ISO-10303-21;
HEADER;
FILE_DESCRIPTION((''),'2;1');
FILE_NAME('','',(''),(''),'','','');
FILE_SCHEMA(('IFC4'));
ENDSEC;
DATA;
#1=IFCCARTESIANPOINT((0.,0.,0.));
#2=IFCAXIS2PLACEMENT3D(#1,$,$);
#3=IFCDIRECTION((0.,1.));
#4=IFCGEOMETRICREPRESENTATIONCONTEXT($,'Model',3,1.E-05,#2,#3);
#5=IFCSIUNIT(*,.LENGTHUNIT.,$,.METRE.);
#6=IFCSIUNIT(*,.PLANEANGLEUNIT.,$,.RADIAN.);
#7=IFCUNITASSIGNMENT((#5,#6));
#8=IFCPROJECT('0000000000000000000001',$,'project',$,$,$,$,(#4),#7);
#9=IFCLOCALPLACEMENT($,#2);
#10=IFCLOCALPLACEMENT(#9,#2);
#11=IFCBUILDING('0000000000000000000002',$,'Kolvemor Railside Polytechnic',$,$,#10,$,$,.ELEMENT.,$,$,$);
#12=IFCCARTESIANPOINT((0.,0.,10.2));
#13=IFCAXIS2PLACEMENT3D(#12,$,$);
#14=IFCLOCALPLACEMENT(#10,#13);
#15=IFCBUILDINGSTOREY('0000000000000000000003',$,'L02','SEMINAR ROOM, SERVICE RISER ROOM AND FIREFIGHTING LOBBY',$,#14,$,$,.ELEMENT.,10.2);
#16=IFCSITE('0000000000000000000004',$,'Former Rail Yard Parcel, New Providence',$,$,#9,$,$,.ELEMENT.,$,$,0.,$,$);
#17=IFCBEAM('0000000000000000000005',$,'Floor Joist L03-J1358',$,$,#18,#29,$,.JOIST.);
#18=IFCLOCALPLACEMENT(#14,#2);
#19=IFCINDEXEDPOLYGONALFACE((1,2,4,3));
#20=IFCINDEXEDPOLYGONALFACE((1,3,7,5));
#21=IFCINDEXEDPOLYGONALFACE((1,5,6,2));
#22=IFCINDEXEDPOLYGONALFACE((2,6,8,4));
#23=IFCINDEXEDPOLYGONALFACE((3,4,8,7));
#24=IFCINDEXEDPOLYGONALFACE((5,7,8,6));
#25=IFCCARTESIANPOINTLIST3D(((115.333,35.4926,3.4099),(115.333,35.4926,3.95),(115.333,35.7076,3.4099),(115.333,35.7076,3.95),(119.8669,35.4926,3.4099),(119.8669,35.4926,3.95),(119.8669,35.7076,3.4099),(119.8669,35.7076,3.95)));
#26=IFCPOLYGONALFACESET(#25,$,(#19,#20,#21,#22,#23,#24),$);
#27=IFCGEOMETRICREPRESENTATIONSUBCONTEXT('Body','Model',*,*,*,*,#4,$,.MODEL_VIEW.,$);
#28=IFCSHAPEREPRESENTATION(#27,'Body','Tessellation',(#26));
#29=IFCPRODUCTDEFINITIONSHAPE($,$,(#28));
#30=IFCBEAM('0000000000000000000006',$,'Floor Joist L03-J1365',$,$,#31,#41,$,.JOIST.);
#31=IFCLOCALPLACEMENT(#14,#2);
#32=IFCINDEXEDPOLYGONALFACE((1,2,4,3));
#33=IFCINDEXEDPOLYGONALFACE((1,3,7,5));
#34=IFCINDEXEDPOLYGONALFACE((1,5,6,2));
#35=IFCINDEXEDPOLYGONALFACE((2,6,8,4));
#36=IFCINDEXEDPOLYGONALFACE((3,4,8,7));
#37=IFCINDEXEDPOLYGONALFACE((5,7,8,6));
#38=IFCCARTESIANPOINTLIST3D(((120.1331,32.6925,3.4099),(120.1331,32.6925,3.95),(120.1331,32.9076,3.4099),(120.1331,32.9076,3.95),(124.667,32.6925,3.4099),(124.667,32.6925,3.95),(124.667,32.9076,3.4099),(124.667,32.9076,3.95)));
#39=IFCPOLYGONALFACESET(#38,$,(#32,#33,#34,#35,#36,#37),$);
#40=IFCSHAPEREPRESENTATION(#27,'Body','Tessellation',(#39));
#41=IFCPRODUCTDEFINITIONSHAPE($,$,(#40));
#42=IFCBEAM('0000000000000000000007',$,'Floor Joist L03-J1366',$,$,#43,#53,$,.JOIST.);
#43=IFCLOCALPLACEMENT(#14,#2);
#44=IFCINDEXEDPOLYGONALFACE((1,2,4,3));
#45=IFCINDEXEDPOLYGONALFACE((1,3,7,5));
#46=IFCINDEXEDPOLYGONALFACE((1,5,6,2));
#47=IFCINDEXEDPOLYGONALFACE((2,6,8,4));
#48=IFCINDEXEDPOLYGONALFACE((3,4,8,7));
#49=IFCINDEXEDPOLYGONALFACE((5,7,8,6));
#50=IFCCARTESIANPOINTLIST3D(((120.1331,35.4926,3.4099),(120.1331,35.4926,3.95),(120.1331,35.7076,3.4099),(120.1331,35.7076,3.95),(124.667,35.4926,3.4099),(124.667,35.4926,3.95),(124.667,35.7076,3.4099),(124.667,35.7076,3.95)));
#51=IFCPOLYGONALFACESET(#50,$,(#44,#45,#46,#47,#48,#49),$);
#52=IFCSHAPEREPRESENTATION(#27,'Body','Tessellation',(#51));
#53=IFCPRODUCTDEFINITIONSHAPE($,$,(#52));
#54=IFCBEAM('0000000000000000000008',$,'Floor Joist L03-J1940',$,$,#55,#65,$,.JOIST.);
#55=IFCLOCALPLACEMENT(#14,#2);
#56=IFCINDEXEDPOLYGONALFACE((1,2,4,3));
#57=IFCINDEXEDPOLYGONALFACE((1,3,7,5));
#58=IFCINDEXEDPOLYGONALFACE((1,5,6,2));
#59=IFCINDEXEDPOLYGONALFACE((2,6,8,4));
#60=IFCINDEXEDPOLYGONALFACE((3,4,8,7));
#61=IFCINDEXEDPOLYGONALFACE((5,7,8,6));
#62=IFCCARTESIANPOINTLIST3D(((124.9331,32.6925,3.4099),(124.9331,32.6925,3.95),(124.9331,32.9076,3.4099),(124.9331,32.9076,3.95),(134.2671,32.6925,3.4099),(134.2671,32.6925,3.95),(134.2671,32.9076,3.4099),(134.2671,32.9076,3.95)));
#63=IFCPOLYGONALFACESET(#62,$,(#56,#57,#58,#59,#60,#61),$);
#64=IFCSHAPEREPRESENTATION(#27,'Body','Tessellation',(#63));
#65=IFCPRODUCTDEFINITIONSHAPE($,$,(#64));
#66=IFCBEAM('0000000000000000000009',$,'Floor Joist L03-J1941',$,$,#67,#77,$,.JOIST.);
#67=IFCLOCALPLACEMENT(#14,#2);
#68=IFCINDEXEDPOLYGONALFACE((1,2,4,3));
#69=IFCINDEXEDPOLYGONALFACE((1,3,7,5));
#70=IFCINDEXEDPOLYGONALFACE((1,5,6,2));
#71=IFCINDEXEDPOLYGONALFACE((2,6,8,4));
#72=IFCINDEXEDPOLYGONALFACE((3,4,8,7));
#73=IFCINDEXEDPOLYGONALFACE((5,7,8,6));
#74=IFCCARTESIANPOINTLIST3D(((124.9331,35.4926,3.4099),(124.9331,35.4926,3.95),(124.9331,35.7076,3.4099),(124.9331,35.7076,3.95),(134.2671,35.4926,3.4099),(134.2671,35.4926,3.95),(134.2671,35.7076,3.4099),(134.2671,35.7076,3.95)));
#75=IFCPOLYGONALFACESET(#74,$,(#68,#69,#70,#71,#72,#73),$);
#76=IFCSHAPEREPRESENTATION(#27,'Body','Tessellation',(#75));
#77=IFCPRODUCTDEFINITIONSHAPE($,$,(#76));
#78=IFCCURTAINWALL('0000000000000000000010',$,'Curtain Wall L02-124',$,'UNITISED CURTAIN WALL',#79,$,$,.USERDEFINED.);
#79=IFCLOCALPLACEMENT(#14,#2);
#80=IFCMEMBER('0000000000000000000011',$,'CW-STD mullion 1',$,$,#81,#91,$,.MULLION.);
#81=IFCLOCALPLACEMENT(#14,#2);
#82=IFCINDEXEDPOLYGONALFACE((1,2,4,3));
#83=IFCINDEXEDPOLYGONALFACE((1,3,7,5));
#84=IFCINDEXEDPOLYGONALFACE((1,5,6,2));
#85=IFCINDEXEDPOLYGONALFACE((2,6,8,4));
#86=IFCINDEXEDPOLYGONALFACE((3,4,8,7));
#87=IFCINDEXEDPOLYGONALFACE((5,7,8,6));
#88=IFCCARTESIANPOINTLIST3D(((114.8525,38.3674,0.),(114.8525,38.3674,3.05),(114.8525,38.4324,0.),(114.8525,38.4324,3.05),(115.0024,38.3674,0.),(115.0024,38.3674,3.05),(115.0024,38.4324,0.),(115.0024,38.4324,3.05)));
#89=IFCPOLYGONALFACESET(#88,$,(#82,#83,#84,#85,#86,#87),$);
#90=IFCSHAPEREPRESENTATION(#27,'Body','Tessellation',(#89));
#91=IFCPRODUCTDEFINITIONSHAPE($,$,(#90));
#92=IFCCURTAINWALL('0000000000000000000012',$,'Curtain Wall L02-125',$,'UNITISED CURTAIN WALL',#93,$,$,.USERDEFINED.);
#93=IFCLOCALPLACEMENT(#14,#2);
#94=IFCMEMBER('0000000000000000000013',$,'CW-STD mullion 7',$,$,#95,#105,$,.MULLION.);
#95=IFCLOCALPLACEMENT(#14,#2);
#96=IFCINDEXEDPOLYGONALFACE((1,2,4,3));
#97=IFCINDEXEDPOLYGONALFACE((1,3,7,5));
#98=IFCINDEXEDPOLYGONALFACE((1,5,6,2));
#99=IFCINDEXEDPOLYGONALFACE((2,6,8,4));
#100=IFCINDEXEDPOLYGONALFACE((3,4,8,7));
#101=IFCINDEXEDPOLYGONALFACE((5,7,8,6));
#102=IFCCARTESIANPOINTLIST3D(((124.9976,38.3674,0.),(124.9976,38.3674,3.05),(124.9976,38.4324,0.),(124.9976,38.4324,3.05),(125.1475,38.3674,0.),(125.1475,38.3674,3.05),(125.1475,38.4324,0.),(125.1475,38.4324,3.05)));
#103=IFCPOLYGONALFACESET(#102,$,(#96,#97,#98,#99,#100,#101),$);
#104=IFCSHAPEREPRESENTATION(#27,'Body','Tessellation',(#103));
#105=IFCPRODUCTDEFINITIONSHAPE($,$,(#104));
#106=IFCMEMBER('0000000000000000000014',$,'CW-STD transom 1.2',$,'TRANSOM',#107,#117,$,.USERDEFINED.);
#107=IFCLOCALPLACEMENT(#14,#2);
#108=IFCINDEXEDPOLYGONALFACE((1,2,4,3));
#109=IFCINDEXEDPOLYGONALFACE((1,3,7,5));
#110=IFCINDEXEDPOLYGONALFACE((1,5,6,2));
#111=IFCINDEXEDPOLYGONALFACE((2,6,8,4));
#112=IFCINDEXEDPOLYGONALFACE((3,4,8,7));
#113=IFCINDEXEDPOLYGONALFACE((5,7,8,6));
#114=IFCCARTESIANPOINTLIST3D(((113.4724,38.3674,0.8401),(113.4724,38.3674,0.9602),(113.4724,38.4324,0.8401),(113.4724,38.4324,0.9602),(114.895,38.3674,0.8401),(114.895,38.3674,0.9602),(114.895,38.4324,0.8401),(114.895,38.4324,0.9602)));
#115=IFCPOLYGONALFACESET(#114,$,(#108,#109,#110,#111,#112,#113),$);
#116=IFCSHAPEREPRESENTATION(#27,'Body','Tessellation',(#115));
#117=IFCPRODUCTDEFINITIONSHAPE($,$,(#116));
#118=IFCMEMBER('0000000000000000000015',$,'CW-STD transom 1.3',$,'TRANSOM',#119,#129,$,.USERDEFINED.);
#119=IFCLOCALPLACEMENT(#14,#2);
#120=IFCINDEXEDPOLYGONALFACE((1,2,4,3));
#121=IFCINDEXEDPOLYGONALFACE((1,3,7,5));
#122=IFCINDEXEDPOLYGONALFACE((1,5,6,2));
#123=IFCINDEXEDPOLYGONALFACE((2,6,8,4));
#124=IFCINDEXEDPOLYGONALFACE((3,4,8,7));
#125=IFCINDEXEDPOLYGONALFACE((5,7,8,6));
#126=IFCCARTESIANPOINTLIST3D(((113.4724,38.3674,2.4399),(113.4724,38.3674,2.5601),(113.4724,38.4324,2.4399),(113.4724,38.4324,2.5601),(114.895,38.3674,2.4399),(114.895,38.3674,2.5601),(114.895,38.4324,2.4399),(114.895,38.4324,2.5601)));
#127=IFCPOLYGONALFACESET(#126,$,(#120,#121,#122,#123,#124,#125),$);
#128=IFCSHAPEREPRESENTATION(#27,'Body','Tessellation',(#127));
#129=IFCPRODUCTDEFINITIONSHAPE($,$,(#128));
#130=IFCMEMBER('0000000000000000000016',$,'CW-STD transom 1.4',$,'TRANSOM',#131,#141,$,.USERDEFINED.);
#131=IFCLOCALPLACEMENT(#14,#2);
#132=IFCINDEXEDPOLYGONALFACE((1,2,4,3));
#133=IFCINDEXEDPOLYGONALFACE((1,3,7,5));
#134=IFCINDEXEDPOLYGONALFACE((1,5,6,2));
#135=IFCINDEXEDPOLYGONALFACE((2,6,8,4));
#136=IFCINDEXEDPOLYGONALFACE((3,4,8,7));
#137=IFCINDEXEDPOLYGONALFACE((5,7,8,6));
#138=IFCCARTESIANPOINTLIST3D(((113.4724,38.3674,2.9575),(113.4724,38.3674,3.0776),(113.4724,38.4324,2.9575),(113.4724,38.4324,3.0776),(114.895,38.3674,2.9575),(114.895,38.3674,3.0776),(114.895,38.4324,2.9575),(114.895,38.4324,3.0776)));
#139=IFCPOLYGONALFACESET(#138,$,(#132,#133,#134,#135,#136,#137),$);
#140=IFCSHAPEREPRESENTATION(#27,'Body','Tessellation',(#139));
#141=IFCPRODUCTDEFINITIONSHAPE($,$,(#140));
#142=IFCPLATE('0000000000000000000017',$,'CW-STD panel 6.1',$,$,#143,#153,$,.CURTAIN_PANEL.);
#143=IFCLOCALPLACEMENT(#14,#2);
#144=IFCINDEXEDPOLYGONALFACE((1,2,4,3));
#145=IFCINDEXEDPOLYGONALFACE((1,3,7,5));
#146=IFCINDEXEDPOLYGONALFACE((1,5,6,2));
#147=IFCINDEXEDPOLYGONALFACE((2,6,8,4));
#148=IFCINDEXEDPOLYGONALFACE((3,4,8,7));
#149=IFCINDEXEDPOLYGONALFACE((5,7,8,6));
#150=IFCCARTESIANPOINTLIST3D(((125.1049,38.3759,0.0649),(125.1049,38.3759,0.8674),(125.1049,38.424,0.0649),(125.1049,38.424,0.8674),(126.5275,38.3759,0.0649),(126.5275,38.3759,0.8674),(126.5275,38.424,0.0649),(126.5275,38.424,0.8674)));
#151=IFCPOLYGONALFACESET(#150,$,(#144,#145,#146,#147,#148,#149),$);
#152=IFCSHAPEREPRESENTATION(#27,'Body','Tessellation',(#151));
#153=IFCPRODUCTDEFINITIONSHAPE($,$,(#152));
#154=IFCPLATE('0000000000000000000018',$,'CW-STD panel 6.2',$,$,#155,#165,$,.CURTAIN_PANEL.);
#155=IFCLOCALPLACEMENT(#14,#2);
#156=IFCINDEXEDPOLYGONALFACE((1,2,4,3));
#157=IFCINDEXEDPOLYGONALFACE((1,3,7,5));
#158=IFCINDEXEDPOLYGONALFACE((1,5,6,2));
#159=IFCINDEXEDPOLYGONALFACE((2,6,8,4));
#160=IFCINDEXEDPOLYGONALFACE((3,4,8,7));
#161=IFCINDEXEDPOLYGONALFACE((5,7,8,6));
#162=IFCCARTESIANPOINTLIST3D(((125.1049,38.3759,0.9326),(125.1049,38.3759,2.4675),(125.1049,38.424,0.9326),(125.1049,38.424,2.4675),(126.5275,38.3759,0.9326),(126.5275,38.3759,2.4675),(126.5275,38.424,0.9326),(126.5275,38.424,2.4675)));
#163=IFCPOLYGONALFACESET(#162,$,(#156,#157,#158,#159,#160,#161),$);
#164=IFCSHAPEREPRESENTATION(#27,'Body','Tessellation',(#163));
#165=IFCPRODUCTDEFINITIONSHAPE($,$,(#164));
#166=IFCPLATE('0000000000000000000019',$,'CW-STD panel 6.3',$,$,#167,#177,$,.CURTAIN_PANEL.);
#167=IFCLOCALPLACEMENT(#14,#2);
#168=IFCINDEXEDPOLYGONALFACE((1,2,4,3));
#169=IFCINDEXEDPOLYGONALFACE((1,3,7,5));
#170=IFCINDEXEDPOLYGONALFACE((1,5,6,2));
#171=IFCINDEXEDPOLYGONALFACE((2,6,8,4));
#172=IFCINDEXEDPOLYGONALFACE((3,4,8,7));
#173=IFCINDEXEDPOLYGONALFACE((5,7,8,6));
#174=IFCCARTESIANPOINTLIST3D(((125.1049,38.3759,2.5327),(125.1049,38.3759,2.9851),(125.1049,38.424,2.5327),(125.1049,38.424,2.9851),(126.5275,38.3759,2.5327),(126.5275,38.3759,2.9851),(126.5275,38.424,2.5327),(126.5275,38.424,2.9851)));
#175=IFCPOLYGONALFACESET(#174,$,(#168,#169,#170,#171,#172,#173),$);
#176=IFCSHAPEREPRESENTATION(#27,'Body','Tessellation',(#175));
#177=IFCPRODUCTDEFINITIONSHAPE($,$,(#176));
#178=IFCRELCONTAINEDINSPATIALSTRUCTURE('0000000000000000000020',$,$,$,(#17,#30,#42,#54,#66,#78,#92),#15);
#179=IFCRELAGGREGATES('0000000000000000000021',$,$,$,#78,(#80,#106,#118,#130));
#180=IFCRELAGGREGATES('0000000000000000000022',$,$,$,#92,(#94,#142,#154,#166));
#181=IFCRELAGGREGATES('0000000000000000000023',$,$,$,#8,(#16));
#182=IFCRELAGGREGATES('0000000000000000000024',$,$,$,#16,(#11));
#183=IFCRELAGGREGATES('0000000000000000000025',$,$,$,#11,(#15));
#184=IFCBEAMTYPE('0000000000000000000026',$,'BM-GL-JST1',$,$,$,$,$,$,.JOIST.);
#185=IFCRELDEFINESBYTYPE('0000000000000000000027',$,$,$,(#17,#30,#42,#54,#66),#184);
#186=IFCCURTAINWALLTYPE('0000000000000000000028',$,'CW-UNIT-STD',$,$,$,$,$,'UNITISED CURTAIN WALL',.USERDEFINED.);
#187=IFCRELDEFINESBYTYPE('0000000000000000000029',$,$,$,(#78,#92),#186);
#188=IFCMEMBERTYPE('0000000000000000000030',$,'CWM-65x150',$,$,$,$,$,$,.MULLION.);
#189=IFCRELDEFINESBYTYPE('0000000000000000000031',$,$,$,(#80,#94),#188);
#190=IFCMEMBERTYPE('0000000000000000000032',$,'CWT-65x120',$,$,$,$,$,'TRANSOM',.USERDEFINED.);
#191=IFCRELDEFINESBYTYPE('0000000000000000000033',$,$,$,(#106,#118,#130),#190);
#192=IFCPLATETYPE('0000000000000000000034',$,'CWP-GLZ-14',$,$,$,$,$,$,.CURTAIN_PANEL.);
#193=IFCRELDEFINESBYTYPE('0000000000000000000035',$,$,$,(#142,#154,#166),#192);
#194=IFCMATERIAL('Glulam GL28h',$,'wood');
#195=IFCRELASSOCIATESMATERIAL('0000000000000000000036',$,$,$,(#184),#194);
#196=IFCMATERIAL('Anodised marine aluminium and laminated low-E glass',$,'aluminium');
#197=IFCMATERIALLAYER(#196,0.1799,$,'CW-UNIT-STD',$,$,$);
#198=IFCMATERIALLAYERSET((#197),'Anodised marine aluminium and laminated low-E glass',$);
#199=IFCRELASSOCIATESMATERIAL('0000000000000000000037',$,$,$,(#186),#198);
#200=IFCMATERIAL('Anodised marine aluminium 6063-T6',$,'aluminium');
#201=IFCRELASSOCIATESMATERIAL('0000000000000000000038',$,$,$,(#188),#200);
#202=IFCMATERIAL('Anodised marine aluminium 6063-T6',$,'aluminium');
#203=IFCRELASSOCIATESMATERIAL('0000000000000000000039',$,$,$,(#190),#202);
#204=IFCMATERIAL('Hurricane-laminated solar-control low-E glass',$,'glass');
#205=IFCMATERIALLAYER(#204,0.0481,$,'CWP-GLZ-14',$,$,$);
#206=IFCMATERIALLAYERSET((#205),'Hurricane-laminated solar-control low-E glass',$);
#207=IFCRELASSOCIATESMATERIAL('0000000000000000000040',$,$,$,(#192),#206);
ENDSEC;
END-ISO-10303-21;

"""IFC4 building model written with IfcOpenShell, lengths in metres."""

from ifc_helpers import new_model, si_unit, direction, frame, origin, origin_2d, place, context, subcontext, project, spatial, rectangle, extrude, material, layer, layer_set, material_profile, profile_set, type_object, element, aggregate, save


model = new_model("IFC4")

# Units and contexts
model_context = context("Model", 3, precision=1e-05, world=origin(), true_north=direction((0.0, 1.0)))
body_context = subcontext(model_context, "Body", "Model", "MODEL_VIEW")
ifc_project = project(units=[si_unit("LENGTHUNIT", "METRE"), si_unit("PLANEANGLEUNIT", "RADIAN")], contexts=[model_context])

# Site, building, storey
site_placement = place(None, origin())
site = spatial("IfcSite", under=ifc_project, at=site_placement, Name="Former Rail Yard Parcel, New Providence", CompositionType="ELEMENT", RefElevation=0.0)
building_placement = place(site_placement, origin())
building = spatial("IfcBuilding", under=site, at=building_placement, Name="Kolvemor Railside Polytechnic", CompositionType="ELEMENT")
storey_placement = place(building_placement, frame((0.0, 0.0, 10.2)))
storey = spatial("IfcBuildingStorey", under=building, at=storey_placement, Name="L02", Description="SEMINAR ROOM, SERVICE RISER ROOM AND FIREFIGHTING LOBBY", CompositionType="ELEMENT", Elevation=10.2)

# Beams
ifc_material_1 = material(Name="Glulam GL28h", Category="wood")
ifc_material_profile_1 = material_profile(ifc_material_1, rectangle(XDim=0.2151, YDim=0.54, at=origin_2d()), Name="GL215x540")
ifc_profile_set_1 = profile_set([ifc_material_profile_1], Name="Glulam GL28h")
beam_type_1 = type_object("IfcBeamType", Name="BM-GL-JST1", PredefinedType="JOIST", material=ifc_profile_set_1)
for number, where, z_axis, x_axis, name in (
    (1, (115.333, 35.6001, 3.6799), (1.0, 0.0, 0.0), (0.0, 1.0, 0.0), "Floor Joist L03-J1358"),
    (2, (120.1331, 32.8, 3.6799), (1.0, 0.0, 0.0), (0.0, 1.0, 0.0), "Floor Joist L03-J1365"),
    (3, (120.1331, 35.6001, 3.6799), (1.0, 0.0, 0.0), (0.0, 1.0, 0.0), "Floor Joist L03-J1366"),
):
    element("IfcBeam", number, at=place(storey_placement, frame(where, z_axis=z_axis, x_axis=x_axis)), inside=storey, type_object=beam_type_1, Name=name, PredefinedType="JOIST", context=body_context, shape_type="SweptSolid", body=[
        extrude(rectangle(XDim=0.2151, YDim=0.54, at=origin_2d()), origin(), (0.0, 0.0, 1.0), 4.5339),
    ])
for number, where, z_axis, x_axis, name in (
    (4, (124.9331, 32.8, 3.6799), (1.0, 0.0, 0.0), (0.0, 1.0, 0.0), "Floor Joist L03-J1940"),
    (5, (124.9331, 35.6001, 3.6799), (1.0, 0.0, 0.0), (0.0, 1.0, 0.0), "Floor Joist L03-J1941"),
):
    element("IfcBeam", number, at=place(storey_placement, frame(where, z_axis=z_axis, x_axis=x_axis)), inside=storey, type_object=beam_type_1, Name=name, PredefinedType="JOIST", context=body_context, shape_type="SweptSolid", body=[
        extrude(rectangle(XDim=0.2151, YDim=0.54, at=origin_2d()), origin(), (0.0, 0.0, 1.0), 9.334),
    ])

# Curtain walls, members
ifc_material_2 = material(Name="Anodised marine aluminium and laminated low-E glass", Category="aluminium")
ifc_layer_1 = layer(ifc_material_2, 0.1799, Name="CW-UNIT-STD")
ifc_layer_set_1 = layer_set([ifc_layer_1], Name="Anodised marine aluminium and laminated low-E glass")
curtain_wall_type = type_object("IfcCurtainWallType", Name="CW-UNIT-STD", ElementType="UNITISED CURTAIN WALL", PredefinedType="USERDEFINED", material=ifc_layer_set_1)
curtain_wall_1_placement = place(storey_placement, origin())
curtain_wall_1 = element("IfcCurtainWall", 6, at=curtain_wall_1_placement, inside=storey, type_object=curtain_wall_type, Name="Curtain Wall L02-124", ObjectType="UNITISED CURTAIN WALL", PredefinedType="USERDEFINED")
ifc_material_3 = material(Name="Anodised marine aluminium 6063-T6", Category="aluminium")
ifc_material_profile_2 = material_profile(ifc_material_3, rectangle(XDim=0.0649, YDim=0.1499, at=origin_2d()), Name="CW-MUL-65x150")
ifc_profile_set_2 = profile_set([ifc_material_profile_2], Name="Anodised marine aluminium 6063-T6")
member_type_1 = type_object("IfcMemberType", Name="CWM-65x150", PredefinedType="MULLION", material=ifc_profile_set_2)
member_1_placement = place(storey_placement, frame((114.9275, 38.3999, 0.0), z_axis=(0.0, 0.0, 1.0), x_axis=(0.0, -1.0, 0.0)))
member_1 = element("IfcMember", 7, at=member_1_placement, type_object=member_type_1, Name="CW-STD mullion 1", PredefinedType="MULLION", context=body_context, shape_type="SweptSolid", body=[
    extrude(rectangle(XDim=0.0649, YDim=0.1499, at=origin_2d()), origin(), (0.0, 0.0, 1.0), 3.05),
])
curtain_wall_2_placement = place(storey_placement, origin())
curtain_wall_2 = element("IfcCurtainWall", 8, at=curtain_wall_2_placement, inside=storey, type_object=curtain_wall_type, Name="Curtain Wall L02-125", ObjectType="UNITISED CURTAIN WALL", PredefinedType="USERDEFINED")
member_2_placement = place(storey_placement, frame((125.0725, 38.3999, 0.0), z_axis=(0.0, 0.0, 1.0), x_axis=(0.0, -1.0, 0.0)))
member_2 = element("IfcMember", 9, at=member_2_placement, type_object=member_type_1, Name="CW-STD mullion 7", PredefinedType="MULLION", context=body_context, shape_type="SweptSolid", body=[
    extrude(rectangle(XDim=0.0649, YDim=0.1499, at=origin_2d()), origin(), (0.0, 0.0, 1.0), 3.05),
])

# Members
ifc_material_4 = material(Name="Anodised marine aluminium 6063-T6", Category="aluminium")
ifc_material_profile_3 = material_profile(ifc_material_4, rectangle(XDim=0.0649, YDim=0.1201, at=origin_2d()), Name="CW-TRN-65x120")
ifc_profile_set_3 = profile_set([ifc_material_profile_3], Name="Anodised marine aluminium 6063-T6")
member_type_2 = type_object("IfcMemberType", Name="CWT-65x120", ElementType="TRANSOM", PredefinedType="USERDEFINED", material=ifc_profile_set_3)
member_3_placement = place(storey_placement, frame((114.895, 38.3999, 0.9001), z_axis=(-1.0, 0.0, 0.0), x_axis=(0.0, -1.0, 0.0)))
member_3 = element("IfcMember", 10, at=member_3_placement, type_object=member_type_2, Name="CW-STD transom 1.2", ObjectType="TRANSOM", PredefinedType="USERDEFINED", context=body_context, shape_type="SweptSolid", body=[
    extrude(rectangle(XDim=0.0649, YDim=0.1201, at=origin_2d()), origin(), (0.0, 0.0, 1.0), 1.4226),
])
member_4_placement = place(storey_placement, frame((114.895, 38.3999, 2.5), z_axis=(-1.0, 0.0, 0.0), x_axis=(0.0, -1.0, 0.0)))
member_4 = element("IfcMember", 11, at=member_4_placement, type_object=member_type_2, Name="CW-STD transom 1.3", ObjectType="TRANSOM", PredefinedType="USERDEFINED", context=body_context, shape_type="SweptSolid", body=[
    extrude(rectangle(XDim=0.0649, YDim=0.1201, at=origin_2d()), origin(), (0.0, 0.0, 1.0), 1.4226),
])
member_5_placement = place(storey_placement, frame((114.895, 38.3999, 3.0176), z_axis=(-1.0, 0.0, 0.0), x_axis=(0.0, -1.0, 0.0)))
member_5 = element("IfcMember", 12, at=member_5_placement, type_object=member_type_2, Name="CW-STD transom 1.4", ObjectType="TRANSOM", PredefinedType="USERDEFINED", context=body_context, shape_type="SweptSolid", body=[
    extrude(rectangle(XDim=0.0649, YDim=0.1201, at=origin_2d()), origin(), (0.0, 0.0, 1.0), 1.4226),
])
aggregate(curtain_wall_1, [member_1, member_3, member_4, member_5])

# Plates
ifc_material_5 = material(Name="Hurricane-laminated solar-control low-E glass", Category="glass")
ifc_layer_2 = layer(ifc_material_5, 0.0481, Name="CWP-GLZ-14")
ifc_layer_set_2 = layer_set([ifc_layer_2], Name="Hurricane-laminated solar-control low-E glass")
plate_type = type_object("IfcPlateType", Name="CWP-GLZ-14", PredefinedType="CURTAIN_PANEL", material=ifc_layer_set_2)
plate_1_placement = place(storey_placement, frame((125.8162, 38.3999, 0.0649), z_axis=(0.0, 0.0, 1.0), x_axis=(-1.0, 0.0, 0.0)))
plate_1 = element("IfcPlate", 13, at=plate_1_placement, type_object=plate_type, Name="CW-STD panel 6.1", PredefinedType="CURTAIN_PANEL", context=body_context, shape_type="SweptSolid", body=[
    extrude(rectangle(XDim=1.4226, YDim=0.0481, at=origin_2d()), origin(), (0.0, 0.0, 1.0), 0.8025),
])
plate_2_placement = place(storey_placement, frame((125.8162, 38.3999, 0.9326), z_axis=(0.0, 0.0, 1.0), x_axis=(-1.0, 0.0, 0.0)))
plate_2 = element("IfcPlate", 14, at=plate_2_placement, type_object=plate_type, Name="CW-STD panel 6.2", PredefinedType="CURTAIN_PANEL", context=body_context, shape_type="SweptSolid", body=[
    extrude(rectangle(XDim=1.4226, YDim=0.0481, at=origin_2d()), origin(), (0.0, 0.0, 1.0), 1.5349),
])
plate_3_placement = place(storey_placement, frame((125.8162, 38.3999, 2.5327), z_axis=(0.0, 0.0, 1.0), x_axis=(-1.0, 0.0, 0.0)))
plate_3 = element("IfcPlate", 15, at=plate_3_placement, type_object=plate_type, Name="CW-STD panel 6.3", PredefinedType="CURTAIN_PANEL", context=body_context, shape_type="SweptSolid", body=[
    extrude(rectangle(XDim=1.4226, YDim=0.0481, at=origin_2d()), origin(), (0.0, 0.0, 1.0), 0.4524),
])
aggregate(curtain_wall_2, [member_2, plate_1, plate_2, plate_3])

save(model, "model.ifc")
